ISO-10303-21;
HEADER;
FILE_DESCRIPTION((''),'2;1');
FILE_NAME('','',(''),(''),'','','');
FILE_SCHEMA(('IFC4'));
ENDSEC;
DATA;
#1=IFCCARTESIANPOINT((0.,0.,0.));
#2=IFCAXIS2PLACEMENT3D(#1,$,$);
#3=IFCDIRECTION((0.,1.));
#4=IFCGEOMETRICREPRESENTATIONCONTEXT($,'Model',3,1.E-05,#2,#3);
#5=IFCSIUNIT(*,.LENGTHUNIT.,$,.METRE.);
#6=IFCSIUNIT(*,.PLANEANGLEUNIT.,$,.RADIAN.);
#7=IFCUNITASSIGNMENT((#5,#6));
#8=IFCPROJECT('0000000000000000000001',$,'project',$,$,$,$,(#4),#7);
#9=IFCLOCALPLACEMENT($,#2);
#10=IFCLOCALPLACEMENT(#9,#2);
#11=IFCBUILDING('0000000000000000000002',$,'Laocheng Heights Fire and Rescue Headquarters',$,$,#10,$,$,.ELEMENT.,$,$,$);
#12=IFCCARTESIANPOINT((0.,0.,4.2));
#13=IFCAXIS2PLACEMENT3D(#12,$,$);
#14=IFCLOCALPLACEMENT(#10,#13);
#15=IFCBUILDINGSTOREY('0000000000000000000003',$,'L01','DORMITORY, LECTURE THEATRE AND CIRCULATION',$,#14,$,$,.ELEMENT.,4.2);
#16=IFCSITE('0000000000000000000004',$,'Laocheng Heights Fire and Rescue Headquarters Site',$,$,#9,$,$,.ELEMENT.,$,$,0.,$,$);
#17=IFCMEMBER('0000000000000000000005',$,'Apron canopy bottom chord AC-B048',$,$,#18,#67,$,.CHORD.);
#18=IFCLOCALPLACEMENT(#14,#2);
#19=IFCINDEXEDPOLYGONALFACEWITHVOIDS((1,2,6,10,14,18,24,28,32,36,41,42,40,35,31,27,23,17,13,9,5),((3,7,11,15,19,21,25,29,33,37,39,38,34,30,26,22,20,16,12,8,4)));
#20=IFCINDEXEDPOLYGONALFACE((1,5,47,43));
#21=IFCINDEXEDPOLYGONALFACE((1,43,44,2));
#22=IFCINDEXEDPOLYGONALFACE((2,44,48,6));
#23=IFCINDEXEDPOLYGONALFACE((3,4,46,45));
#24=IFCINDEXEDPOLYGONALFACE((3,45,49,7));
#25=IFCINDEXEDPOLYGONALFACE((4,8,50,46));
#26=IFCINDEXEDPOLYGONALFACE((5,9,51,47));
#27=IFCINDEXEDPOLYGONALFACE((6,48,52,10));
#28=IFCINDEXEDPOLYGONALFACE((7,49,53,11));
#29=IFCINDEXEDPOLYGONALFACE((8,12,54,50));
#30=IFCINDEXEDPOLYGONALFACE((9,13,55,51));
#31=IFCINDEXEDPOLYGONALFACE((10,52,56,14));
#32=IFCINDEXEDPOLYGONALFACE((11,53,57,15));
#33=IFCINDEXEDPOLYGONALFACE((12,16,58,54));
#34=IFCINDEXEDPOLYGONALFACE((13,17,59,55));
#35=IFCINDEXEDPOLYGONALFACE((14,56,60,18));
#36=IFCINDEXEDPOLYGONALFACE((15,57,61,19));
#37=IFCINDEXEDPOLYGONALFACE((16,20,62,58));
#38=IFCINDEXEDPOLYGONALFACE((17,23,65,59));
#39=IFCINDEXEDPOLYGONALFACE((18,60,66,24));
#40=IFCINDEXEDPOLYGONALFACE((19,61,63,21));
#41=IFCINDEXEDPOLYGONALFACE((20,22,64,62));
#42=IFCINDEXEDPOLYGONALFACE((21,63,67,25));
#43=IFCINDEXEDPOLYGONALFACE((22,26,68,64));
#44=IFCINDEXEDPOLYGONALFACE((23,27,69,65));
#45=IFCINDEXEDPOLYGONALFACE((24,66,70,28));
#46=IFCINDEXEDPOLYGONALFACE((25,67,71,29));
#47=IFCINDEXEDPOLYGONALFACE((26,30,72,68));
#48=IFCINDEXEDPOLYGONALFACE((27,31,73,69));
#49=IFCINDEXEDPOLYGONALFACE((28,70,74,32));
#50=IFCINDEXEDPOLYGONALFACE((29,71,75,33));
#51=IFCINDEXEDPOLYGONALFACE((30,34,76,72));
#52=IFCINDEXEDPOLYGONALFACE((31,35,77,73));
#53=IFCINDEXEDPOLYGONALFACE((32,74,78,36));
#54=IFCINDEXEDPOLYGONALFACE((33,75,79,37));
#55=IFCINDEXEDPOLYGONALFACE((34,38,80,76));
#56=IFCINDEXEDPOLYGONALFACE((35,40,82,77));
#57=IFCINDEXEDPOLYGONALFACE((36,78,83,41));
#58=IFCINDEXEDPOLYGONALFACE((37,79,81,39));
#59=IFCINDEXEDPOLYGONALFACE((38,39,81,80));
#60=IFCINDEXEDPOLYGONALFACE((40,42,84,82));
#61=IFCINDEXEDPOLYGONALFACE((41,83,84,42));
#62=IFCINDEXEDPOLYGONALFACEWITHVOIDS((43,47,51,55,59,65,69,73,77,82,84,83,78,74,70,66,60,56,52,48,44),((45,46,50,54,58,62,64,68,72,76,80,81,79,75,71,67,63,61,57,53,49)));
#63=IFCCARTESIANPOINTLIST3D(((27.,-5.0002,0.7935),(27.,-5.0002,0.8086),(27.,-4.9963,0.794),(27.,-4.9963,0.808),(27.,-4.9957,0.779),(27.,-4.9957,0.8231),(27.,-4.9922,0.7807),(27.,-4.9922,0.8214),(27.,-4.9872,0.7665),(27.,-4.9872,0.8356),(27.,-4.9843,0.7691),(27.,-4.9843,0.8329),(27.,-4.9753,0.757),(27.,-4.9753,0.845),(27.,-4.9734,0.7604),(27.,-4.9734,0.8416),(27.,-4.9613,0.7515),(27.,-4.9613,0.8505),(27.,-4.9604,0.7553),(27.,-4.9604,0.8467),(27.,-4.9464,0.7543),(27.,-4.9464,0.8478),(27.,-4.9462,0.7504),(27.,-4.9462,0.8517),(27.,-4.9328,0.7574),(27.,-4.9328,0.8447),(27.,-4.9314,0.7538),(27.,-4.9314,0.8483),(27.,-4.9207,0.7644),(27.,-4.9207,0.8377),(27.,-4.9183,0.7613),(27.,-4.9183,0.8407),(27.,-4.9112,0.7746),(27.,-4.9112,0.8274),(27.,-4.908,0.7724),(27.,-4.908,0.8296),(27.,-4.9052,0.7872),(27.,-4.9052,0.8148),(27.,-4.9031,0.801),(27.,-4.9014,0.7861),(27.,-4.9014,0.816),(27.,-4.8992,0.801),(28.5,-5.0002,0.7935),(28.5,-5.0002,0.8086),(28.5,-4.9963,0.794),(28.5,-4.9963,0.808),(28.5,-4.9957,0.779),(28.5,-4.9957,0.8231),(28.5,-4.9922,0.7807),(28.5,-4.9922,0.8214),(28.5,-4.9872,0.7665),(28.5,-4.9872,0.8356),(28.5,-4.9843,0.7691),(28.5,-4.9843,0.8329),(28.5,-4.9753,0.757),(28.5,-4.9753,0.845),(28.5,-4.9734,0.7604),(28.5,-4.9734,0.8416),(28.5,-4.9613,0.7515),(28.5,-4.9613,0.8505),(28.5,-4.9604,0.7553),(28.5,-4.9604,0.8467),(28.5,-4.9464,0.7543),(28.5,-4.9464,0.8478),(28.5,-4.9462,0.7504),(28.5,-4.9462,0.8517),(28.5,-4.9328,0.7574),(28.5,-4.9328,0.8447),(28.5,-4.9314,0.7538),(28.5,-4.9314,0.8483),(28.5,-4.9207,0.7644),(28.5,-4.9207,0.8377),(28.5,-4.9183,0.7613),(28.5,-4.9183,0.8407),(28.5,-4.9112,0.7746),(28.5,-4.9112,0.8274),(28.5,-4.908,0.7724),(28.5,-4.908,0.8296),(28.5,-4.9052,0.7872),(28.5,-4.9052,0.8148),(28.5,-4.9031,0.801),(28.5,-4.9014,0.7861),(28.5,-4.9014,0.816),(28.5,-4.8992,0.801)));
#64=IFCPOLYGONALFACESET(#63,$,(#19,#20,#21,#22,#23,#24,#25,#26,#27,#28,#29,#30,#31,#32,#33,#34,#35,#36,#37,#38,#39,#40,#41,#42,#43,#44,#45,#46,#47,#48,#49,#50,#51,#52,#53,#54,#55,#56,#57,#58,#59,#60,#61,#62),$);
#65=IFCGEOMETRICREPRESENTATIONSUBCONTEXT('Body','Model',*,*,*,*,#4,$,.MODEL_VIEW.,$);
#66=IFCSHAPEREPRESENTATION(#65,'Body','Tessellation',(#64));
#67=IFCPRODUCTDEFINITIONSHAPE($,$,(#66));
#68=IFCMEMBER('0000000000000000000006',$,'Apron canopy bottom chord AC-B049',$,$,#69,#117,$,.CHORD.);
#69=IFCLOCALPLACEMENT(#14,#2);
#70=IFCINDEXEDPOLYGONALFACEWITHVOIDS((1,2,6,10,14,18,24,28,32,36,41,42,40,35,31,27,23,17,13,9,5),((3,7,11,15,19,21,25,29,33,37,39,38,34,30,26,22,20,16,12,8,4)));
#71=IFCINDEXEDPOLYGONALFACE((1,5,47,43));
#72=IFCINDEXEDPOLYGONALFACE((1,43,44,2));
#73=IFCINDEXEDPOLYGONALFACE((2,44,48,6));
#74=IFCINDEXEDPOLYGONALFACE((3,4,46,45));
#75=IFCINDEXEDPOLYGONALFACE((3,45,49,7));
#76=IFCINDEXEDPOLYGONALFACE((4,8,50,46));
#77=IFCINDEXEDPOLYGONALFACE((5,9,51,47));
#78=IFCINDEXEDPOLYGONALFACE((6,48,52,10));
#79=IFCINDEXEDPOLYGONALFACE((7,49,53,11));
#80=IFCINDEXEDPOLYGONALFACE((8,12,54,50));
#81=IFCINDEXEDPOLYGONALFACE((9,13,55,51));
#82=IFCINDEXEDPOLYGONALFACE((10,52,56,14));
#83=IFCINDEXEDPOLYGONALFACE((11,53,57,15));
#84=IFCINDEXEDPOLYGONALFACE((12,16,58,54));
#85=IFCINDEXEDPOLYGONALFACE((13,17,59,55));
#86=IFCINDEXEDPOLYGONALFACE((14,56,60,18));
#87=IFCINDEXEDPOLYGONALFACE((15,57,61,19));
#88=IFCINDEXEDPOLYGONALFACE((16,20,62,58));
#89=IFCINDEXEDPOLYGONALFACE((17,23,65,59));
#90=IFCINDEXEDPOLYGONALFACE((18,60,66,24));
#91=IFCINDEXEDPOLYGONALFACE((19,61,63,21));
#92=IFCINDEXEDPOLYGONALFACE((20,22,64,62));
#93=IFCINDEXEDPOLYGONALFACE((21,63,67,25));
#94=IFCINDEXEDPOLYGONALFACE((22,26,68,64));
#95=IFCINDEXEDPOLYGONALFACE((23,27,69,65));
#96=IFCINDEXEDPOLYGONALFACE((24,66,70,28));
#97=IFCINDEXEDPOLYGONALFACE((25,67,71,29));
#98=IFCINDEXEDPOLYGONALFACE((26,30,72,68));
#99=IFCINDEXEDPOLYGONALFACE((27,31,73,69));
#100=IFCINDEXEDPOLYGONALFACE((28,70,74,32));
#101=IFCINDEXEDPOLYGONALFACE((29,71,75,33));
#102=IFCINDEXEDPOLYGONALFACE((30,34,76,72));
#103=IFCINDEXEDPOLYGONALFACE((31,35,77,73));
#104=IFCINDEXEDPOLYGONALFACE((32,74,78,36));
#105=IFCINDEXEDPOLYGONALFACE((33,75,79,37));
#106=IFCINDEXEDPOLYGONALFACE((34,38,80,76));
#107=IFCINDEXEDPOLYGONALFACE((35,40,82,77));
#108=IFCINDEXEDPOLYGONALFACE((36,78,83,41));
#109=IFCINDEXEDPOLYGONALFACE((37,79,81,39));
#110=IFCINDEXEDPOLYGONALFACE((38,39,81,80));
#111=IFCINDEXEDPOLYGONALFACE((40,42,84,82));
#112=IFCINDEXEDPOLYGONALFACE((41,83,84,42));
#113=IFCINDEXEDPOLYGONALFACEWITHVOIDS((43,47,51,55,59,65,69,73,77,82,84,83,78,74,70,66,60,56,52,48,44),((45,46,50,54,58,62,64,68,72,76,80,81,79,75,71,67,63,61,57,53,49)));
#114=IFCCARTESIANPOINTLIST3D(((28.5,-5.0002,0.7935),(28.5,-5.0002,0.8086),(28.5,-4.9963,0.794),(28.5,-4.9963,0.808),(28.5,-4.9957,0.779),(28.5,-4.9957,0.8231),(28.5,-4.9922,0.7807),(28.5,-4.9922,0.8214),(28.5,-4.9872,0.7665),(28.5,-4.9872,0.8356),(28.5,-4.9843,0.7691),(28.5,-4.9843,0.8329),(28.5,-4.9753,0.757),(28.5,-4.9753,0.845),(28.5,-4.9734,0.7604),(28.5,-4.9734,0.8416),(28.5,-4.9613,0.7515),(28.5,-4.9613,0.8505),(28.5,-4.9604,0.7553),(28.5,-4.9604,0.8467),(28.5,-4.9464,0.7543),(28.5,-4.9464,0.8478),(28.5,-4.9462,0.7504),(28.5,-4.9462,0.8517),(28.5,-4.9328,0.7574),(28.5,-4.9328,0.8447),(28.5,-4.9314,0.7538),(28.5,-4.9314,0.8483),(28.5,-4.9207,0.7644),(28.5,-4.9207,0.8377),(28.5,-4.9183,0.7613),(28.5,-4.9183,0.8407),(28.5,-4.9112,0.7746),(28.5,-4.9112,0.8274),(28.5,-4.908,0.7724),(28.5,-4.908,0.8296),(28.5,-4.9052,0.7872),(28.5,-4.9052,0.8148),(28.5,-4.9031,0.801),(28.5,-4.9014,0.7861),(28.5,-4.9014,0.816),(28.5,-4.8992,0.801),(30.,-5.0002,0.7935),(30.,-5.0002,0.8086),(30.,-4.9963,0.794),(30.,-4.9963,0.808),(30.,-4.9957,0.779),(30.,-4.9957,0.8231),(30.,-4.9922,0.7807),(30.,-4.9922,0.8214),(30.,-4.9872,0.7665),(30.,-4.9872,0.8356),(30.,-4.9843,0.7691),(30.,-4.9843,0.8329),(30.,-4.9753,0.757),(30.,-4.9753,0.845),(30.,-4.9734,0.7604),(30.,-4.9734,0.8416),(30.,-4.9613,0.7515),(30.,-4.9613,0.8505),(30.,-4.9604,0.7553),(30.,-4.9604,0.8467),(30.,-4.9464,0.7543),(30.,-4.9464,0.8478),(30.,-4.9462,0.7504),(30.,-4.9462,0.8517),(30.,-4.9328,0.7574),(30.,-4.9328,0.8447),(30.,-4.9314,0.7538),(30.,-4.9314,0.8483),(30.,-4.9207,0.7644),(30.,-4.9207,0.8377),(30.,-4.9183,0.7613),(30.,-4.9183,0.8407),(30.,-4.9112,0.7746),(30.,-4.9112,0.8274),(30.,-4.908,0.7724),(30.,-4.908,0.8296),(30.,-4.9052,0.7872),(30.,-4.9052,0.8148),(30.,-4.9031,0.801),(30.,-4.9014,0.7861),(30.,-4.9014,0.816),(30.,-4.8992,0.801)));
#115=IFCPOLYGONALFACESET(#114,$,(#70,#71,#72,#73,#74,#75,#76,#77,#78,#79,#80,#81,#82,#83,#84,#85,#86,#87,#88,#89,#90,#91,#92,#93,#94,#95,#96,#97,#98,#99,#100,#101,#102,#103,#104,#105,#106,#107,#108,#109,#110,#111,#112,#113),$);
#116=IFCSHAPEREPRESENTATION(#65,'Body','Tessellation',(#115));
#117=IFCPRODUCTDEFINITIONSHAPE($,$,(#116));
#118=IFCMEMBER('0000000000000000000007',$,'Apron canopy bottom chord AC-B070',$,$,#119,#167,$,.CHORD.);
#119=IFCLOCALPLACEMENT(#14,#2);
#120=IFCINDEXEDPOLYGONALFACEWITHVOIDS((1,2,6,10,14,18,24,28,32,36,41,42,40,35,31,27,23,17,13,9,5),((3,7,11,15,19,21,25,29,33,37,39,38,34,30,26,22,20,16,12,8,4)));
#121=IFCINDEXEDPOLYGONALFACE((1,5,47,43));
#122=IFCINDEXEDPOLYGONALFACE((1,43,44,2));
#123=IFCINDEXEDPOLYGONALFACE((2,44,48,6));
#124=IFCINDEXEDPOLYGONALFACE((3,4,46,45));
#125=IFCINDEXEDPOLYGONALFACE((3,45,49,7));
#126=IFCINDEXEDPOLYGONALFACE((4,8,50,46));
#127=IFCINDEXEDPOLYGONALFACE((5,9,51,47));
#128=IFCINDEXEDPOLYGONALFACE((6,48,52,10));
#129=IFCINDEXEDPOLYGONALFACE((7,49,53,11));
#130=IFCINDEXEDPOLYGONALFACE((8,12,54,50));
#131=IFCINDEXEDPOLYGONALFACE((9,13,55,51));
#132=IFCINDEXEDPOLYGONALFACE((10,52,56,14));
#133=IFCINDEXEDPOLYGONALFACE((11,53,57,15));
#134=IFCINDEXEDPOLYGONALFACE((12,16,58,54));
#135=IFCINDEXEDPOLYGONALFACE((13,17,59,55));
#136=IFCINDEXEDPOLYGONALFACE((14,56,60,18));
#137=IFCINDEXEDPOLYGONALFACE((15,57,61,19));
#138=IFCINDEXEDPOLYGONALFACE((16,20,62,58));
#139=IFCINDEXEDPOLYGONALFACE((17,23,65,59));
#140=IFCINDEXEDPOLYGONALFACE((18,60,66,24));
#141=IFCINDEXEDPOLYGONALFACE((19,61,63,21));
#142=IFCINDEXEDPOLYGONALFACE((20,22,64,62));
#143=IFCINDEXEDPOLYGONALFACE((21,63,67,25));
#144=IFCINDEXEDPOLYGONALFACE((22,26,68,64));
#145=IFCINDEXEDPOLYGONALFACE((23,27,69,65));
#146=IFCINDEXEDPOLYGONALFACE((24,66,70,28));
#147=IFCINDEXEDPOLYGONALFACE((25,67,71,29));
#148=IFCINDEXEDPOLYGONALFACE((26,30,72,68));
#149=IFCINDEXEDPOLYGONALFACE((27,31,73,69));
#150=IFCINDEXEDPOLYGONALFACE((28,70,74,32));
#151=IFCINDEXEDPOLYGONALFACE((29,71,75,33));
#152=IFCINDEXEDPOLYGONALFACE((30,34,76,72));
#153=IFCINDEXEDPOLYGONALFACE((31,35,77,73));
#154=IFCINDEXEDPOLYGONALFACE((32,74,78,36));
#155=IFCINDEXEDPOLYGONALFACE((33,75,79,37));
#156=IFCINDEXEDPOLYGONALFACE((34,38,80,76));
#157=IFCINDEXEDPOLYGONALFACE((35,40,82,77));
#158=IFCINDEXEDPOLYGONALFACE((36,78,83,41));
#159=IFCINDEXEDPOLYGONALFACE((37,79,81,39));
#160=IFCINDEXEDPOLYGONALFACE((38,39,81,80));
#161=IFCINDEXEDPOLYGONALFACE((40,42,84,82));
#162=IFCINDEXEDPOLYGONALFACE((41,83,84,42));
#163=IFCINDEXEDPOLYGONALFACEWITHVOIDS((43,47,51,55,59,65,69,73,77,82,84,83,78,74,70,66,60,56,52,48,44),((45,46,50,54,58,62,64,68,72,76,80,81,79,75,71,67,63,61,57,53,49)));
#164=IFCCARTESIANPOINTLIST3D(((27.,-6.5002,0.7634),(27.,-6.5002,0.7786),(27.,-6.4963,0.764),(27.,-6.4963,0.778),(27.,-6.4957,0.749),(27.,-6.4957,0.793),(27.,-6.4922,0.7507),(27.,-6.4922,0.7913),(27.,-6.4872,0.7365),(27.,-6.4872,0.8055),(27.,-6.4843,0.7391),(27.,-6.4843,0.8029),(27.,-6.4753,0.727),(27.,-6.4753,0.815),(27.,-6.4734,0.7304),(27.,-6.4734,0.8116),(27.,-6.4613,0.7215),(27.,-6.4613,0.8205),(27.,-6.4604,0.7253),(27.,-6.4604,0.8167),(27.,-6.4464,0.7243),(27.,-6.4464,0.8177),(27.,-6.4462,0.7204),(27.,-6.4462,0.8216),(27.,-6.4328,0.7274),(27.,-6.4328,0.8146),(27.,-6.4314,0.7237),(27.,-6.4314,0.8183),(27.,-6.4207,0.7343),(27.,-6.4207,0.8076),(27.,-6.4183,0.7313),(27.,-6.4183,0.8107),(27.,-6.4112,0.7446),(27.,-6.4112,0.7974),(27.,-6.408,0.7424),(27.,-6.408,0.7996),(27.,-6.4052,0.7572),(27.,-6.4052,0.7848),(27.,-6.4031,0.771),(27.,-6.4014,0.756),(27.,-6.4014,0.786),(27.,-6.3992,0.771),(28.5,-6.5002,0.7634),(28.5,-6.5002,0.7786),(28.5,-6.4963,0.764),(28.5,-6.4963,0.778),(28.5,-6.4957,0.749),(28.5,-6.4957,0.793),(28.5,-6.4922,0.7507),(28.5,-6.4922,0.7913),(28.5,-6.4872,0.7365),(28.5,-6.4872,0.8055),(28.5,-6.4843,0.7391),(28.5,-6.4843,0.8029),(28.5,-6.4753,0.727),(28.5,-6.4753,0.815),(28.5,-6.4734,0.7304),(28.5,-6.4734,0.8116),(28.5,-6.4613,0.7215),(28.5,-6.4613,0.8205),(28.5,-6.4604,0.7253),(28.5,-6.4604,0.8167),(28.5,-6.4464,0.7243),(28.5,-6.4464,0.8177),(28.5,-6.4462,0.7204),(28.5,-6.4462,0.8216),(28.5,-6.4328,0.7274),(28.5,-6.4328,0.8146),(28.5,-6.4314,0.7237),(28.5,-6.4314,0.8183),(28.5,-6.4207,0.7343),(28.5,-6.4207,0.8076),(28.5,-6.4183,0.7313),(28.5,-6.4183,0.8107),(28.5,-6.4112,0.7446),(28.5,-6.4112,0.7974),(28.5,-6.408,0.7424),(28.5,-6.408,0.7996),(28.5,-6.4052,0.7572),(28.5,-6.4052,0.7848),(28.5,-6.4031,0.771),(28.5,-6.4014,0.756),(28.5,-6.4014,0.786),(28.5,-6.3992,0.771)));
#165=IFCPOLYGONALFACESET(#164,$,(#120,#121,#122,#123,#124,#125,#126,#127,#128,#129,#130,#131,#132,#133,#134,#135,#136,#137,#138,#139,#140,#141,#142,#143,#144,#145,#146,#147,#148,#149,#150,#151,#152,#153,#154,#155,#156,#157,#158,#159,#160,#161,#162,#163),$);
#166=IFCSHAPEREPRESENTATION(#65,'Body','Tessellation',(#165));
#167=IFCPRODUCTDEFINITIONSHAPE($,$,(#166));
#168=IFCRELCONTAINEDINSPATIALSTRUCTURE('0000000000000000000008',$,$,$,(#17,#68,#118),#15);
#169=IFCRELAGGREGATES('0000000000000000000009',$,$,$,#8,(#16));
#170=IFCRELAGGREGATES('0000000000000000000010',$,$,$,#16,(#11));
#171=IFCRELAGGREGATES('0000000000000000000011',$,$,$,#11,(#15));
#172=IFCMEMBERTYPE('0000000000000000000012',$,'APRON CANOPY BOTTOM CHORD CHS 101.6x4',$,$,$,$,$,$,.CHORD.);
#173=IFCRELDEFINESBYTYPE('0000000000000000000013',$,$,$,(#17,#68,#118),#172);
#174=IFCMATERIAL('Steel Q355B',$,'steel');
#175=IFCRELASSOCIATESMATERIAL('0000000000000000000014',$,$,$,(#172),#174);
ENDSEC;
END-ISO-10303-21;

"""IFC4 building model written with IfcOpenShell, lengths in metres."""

from ifc_helpers import new_model, si_unit, direction, frame, origin, origin_2d, place, context, subcontext, project, spatial, hollow_circle, extrude, material, material_profile, profile_set, type_object, element, save


model = new_model("IFC4")

# Units and contexts
model_context = context("Model", 3, precision=1e-05, world=origin(), true_north=direction((0.0, 1.0)))
body_context = subcontext(model_context, "Body", "Model", "MODEL_VIEW")
ifc_project = project(units=[si_unit("LENGTHUNIT", "METRE"), si_unit("PLANEANGLEUNIT", "RADIAN")], contexts=[model_context])

# Site, building, storey
site_placement = place(None, origin())
site = spatial("IfcSite", under=ifc_project, at=site_placement, Name="Laocheng Heights Fire and Rescue Headquarters Site", CompositionType="ELEMENT", RefElevation=0.0)
building_placement = place(site_placement, origin())
building = spatial("IfcBuilding", under=site, at=building_placement, Name="Laocheng Heights Fire and Rescue Headquarters", CompositionType="ELEMENT")
storey_placement = place(building_placement, frame((0.0, 0.0, 4.2)))
storey = spatial("IfcBuildingStorey", under=building, at=storey_placement, Name="L01", Description="DORMITORY, LECTURE THEATRE AND CIRCULATION", CompositionType="ELEMENT", Elevation=4.2)

# Members
ifc_material_1 = material(Name="Steel Q355B", Category="steel")
ifc_material_profile_1 = material_profile(ifc_material_1, hollow_circle(Radius=0.0508, WallThickness=0.0039, at=origin_2d()), Name="CHS 101.6x4")
ifc_profile_set_1 = profile_set([ifc_material_profile_1], Name="Steel Q355B")
member_type_1 = type_object("IfcMemberType", Name="APRON CANOPY BOTTOM CHORD CHS 101.6x4", PredefinedType="CHORD", material=ifc_profile_set_1)
for number, where, z_axis, x_axis, name in (
    (1, (27.0, -4.95, 0.801), (1.0, 0.0, 0.0), (0.0, 1.0, 0.0), "Apron canopy bottom chord AC-B048"),
    (2, (28.5, -4.95, 0.801), (1.0, 0.0, 0.0), (0.0, 1.0, 0.0), "Apron canopy bottom chord AC-B049"),
    (3, (27.0, -6.45, 0.771), (1.0, 0.0, 0.0), (0.0, 1.0, 0.0), "Apron canopy bottom chord AC-B070"),
):
    element("IfcMember", number, at=place(storey_placement, frame(where, z_axis=z_axis, x_axis=x_axis)), inside=storey, type_object=member_type_1, Name=name, PredefinedType="CHORD", context=body_context, shape_type="SweptSolid", body=[
        extrude(hollow_circle(Radius=0.0508, WallThickness=0.0039, at=origin_2d()), origin(), (0.0, 0.0, 1.0), 1.5),
    ])

save(model, "model.ifc")
